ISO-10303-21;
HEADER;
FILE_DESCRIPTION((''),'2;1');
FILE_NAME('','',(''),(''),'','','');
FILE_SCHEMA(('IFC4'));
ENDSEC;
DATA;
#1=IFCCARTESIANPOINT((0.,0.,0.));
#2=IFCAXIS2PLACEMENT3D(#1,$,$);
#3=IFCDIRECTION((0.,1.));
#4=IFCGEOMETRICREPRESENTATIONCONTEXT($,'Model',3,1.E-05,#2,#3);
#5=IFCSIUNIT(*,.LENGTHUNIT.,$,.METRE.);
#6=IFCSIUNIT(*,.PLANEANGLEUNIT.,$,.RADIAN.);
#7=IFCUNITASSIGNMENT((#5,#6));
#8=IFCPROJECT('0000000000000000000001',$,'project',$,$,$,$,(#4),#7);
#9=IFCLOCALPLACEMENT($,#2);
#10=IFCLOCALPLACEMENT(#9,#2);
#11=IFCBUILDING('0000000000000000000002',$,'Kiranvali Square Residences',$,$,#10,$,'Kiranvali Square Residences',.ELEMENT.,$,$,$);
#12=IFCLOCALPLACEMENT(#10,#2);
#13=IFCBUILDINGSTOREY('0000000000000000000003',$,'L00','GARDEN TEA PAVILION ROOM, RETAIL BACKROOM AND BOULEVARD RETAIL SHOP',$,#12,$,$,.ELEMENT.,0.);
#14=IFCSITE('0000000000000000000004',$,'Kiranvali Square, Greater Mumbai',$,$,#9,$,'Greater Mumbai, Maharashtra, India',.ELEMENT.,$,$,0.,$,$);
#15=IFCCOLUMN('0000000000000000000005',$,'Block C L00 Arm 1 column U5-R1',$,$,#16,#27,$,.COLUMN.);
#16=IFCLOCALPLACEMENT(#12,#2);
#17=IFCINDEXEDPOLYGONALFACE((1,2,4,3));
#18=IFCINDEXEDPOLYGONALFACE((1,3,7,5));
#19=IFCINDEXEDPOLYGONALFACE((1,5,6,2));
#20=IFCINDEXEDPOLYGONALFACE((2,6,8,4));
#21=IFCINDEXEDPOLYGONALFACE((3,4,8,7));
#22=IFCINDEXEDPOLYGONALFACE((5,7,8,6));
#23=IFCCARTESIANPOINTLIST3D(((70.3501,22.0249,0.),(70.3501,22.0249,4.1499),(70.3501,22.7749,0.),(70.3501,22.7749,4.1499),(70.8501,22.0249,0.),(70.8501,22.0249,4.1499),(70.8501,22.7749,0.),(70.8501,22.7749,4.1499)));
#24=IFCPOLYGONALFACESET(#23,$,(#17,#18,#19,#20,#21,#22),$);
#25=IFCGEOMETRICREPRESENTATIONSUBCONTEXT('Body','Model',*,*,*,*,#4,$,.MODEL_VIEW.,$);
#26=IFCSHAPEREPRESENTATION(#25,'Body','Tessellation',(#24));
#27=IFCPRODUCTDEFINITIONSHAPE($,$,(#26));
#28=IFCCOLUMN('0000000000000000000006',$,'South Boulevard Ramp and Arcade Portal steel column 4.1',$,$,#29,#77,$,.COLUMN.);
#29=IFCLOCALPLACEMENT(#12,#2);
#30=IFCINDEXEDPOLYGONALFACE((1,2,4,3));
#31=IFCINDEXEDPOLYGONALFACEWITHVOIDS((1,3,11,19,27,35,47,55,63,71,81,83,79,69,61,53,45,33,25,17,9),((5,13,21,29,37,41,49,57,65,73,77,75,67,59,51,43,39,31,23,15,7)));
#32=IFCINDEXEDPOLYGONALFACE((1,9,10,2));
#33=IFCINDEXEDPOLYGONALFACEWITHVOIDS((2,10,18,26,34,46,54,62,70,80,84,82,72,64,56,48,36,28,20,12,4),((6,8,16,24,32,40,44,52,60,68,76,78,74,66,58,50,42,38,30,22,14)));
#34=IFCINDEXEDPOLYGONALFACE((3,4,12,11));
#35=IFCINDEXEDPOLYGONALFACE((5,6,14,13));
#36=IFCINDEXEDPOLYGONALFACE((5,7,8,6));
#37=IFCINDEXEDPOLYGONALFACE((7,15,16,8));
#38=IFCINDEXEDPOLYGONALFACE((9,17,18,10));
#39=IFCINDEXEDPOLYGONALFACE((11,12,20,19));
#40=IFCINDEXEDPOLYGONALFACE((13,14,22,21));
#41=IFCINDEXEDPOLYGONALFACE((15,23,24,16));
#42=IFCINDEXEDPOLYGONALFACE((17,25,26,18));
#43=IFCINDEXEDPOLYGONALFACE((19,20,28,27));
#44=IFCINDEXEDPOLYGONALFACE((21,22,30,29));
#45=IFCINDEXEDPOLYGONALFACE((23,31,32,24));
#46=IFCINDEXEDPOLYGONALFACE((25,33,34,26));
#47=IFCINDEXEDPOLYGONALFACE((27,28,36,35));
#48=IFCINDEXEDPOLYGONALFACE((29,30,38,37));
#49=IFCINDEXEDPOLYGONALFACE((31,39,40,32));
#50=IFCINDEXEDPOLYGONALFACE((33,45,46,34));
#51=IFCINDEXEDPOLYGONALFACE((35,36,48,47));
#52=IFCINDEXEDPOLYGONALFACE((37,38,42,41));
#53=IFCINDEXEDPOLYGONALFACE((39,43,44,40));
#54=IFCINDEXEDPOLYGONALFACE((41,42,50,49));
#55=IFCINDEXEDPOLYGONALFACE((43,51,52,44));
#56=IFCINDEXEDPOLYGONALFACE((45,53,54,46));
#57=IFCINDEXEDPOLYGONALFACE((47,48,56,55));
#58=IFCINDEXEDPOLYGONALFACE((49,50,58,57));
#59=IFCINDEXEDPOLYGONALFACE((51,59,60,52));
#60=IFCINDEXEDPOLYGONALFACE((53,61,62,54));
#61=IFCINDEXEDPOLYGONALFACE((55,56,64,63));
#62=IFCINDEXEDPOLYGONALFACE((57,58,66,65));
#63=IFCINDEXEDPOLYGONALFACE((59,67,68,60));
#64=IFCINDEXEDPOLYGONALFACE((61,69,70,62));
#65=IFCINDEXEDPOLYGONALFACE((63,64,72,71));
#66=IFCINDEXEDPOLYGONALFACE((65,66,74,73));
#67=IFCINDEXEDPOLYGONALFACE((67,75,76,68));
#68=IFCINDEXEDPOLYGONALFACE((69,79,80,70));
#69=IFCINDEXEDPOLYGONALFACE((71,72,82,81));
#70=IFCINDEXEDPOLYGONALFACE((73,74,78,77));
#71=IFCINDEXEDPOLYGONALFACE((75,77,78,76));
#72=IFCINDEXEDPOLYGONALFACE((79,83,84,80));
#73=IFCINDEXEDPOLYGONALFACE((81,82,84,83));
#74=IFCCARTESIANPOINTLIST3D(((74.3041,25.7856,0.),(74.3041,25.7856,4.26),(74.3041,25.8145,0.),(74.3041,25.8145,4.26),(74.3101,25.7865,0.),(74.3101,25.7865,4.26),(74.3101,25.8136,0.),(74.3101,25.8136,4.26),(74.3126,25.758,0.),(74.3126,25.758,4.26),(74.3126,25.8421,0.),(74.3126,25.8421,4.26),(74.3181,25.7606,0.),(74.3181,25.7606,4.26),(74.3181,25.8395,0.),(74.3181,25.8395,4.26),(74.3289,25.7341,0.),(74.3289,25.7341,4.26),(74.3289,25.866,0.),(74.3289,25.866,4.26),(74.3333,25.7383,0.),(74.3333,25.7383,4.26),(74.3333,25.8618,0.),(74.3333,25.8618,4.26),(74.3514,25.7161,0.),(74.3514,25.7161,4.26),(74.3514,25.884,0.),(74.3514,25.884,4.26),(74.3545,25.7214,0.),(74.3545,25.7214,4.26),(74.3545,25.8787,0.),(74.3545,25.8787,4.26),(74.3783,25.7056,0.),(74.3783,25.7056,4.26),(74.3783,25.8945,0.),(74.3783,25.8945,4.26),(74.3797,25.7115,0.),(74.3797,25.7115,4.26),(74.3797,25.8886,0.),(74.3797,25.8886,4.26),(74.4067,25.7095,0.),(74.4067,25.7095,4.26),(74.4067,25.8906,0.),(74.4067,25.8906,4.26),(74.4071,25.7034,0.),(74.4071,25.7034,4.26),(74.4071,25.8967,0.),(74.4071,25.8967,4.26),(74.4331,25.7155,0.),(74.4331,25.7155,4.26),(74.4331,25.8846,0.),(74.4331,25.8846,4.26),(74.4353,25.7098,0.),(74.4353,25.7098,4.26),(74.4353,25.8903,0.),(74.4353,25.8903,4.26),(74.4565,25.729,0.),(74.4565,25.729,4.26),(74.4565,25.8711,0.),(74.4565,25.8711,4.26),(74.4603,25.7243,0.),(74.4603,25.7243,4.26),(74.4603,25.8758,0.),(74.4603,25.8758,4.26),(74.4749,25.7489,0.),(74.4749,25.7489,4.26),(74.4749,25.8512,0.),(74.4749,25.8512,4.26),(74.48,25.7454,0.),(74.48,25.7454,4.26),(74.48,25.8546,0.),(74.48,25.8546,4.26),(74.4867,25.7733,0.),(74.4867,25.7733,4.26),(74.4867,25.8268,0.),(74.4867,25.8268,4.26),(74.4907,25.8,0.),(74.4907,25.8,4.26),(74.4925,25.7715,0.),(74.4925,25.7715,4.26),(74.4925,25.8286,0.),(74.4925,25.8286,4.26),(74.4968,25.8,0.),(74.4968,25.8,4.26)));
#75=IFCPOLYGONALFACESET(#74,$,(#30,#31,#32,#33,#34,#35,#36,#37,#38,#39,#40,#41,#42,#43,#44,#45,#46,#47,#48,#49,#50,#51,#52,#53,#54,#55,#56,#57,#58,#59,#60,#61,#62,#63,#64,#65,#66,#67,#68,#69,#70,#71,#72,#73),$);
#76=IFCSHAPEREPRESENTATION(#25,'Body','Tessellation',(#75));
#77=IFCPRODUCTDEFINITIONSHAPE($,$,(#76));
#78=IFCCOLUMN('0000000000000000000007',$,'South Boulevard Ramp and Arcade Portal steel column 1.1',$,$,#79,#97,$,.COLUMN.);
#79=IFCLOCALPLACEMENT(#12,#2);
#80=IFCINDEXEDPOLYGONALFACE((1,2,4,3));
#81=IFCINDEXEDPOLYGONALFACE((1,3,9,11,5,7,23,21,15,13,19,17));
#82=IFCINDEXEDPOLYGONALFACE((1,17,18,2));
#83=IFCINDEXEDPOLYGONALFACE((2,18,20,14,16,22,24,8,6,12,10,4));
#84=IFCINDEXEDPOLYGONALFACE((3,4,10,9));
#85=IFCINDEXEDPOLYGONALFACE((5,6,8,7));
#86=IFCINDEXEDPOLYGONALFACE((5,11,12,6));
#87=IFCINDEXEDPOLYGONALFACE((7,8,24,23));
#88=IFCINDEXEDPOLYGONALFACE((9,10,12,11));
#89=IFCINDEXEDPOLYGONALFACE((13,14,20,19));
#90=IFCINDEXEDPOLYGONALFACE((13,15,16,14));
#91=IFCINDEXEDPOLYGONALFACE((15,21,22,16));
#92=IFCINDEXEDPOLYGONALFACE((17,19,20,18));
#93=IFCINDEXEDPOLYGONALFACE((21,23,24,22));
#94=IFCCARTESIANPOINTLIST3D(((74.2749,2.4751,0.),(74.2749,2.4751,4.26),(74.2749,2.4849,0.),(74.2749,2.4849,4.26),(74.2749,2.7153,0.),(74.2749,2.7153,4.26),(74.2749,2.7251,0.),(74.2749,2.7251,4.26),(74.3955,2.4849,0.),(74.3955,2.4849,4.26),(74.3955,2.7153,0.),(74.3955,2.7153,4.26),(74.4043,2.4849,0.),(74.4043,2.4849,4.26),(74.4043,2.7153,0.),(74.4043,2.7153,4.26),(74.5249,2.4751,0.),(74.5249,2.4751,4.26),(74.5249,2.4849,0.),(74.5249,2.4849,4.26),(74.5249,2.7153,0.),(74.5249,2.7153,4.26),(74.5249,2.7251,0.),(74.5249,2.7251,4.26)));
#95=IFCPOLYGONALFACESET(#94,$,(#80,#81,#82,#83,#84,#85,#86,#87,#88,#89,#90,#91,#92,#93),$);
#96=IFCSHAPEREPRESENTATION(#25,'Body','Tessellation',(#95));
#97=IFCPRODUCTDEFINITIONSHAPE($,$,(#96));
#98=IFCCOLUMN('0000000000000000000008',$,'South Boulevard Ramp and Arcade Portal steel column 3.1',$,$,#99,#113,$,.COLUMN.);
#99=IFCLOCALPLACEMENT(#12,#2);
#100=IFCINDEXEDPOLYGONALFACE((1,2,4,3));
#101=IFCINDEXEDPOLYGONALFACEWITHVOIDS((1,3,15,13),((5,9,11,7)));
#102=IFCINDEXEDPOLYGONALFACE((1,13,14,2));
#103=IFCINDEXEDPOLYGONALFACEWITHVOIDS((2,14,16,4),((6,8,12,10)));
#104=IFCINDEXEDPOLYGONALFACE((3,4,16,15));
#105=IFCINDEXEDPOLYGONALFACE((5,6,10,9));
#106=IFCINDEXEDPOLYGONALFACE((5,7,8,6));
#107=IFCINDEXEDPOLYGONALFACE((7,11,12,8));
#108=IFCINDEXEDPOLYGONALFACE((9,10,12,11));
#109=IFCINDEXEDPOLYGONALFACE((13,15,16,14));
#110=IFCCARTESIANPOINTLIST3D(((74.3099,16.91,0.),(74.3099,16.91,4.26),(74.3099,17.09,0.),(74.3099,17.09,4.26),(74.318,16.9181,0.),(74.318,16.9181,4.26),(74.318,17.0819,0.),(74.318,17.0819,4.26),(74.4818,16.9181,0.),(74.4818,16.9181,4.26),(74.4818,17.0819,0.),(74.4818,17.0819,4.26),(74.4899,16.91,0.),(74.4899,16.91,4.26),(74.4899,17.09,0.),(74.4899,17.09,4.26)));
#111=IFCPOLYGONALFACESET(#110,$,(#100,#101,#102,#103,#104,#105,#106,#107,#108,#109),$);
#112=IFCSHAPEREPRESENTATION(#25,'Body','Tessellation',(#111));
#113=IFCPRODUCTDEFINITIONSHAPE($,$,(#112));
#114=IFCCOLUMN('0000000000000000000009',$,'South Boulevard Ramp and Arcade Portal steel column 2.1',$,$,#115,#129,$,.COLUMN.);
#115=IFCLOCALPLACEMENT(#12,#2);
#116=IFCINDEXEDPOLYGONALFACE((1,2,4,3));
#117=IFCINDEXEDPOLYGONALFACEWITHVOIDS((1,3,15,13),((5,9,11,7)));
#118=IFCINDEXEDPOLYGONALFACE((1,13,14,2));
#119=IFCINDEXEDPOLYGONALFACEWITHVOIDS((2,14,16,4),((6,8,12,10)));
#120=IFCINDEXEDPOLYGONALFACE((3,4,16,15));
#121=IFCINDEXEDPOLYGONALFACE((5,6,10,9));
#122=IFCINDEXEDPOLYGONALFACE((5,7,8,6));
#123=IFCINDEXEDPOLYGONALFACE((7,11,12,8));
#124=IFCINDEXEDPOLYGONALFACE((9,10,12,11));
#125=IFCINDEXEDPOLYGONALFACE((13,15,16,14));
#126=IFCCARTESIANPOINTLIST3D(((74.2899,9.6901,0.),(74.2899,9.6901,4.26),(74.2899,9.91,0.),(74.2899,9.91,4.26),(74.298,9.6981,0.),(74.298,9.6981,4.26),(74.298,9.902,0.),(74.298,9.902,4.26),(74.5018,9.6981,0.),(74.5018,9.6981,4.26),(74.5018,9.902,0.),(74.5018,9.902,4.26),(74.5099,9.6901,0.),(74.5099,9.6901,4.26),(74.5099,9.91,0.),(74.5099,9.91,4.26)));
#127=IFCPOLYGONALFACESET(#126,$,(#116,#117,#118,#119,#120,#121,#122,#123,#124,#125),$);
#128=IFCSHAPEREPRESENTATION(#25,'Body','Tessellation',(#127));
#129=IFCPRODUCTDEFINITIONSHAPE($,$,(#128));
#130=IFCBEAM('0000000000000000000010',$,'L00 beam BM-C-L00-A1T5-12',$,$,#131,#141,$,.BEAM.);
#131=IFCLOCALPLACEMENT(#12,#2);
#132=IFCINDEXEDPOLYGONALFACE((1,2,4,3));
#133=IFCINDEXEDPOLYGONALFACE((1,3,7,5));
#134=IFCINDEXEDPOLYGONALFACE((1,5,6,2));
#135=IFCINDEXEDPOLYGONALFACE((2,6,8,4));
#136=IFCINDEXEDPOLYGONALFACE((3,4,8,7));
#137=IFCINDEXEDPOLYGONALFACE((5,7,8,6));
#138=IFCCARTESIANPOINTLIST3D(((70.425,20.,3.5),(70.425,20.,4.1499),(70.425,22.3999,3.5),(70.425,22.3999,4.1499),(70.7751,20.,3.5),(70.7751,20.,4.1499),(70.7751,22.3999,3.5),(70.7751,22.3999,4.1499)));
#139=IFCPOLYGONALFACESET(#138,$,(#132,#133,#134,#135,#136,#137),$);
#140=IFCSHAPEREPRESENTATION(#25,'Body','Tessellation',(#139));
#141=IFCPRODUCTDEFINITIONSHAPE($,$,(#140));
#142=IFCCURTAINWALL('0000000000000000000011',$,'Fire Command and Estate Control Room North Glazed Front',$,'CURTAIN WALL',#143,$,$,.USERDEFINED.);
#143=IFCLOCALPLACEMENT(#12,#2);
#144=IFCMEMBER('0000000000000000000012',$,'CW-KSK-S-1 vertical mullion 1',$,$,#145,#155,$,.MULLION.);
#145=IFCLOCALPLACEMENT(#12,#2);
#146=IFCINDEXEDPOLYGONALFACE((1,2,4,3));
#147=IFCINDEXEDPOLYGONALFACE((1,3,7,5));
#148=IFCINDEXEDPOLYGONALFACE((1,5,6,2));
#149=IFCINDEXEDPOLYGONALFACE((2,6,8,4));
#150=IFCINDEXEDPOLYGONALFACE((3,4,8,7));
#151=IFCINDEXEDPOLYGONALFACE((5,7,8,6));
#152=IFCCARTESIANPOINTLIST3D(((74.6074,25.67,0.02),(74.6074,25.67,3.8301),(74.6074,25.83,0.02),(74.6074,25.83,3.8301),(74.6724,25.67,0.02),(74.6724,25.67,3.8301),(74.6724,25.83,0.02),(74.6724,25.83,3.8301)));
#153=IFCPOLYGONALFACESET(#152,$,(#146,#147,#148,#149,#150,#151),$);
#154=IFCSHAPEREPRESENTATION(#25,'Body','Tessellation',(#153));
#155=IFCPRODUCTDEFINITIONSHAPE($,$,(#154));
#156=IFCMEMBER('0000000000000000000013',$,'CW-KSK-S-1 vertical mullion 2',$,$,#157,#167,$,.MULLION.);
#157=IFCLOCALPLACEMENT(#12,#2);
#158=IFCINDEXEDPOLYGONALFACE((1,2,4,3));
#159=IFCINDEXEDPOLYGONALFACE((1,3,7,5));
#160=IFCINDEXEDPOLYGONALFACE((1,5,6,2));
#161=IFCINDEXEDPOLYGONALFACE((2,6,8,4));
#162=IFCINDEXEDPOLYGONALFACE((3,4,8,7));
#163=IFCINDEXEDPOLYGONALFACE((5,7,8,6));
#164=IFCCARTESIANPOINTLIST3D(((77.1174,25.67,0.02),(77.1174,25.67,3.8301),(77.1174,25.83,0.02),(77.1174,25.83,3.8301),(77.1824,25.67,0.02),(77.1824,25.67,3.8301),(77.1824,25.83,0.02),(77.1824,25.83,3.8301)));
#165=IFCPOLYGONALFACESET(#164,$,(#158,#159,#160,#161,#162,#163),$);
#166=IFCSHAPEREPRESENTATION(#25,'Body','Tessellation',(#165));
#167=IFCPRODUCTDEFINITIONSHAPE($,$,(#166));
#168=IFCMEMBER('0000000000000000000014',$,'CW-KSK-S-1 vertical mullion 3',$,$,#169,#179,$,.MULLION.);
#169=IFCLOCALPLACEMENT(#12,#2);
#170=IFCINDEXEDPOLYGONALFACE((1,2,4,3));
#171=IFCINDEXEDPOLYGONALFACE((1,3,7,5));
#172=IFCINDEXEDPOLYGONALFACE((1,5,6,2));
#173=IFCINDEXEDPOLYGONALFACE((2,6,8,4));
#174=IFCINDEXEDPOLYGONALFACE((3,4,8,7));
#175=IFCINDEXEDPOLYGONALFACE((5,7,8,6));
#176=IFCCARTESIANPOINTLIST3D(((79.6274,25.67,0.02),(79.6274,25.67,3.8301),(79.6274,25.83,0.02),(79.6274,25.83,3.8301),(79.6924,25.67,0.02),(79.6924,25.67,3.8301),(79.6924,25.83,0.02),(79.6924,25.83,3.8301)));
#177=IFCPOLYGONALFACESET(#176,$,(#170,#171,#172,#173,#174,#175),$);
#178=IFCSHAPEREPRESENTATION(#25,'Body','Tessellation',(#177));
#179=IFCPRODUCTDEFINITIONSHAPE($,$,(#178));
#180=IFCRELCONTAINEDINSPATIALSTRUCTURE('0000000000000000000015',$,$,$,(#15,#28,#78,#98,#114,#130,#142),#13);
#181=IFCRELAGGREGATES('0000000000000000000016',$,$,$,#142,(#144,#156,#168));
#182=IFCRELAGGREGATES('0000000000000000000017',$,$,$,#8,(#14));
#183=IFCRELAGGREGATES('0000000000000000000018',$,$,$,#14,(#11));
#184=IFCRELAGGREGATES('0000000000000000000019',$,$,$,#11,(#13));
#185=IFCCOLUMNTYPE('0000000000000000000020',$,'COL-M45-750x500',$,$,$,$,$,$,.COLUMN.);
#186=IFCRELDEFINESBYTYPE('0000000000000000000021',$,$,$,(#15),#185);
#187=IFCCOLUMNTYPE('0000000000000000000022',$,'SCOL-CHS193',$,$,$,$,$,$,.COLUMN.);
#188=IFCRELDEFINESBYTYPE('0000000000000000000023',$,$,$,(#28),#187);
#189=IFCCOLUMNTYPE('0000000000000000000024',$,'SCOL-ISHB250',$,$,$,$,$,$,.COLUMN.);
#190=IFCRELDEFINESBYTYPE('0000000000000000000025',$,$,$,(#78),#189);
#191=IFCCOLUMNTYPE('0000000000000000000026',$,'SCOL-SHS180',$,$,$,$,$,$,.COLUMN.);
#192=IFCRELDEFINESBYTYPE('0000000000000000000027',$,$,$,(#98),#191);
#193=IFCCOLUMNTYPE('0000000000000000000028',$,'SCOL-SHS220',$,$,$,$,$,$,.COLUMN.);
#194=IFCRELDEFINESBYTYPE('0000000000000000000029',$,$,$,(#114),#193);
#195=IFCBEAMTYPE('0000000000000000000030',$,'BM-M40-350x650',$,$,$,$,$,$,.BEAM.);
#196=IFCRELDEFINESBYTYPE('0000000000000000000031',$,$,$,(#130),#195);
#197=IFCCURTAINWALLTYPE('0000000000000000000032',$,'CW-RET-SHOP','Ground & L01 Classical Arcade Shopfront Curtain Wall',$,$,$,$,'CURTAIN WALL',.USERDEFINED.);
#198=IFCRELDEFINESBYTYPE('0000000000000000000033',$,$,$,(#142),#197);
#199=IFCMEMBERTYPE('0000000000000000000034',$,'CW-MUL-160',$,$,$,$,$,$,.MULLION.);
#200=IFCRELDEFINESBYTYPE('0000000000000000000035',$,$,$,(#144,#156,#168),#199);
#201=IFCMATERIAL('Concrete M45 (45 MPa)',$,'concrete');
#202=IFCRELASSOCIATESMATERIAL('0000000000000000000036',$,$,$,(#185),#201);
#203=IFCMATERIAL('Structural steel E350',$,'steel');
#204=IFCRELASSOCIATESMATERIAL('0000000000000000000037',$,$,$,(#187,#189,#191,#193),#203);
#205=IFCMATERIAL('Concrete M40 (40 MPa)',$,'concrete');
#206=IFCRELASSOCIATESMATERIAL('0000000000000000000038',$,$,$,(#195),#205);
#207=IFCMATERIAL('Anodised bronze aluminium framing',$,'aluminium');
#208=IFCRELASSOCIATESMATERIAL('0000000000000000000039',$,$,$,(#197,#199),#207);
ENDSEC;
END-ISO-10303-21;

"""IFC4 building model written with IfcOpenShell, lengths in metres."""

from ifc_helpers import new_model, si_unit, direction, frame, origin, origin_2d, place, context, subcontext, project, spatial, rectangle, hollow_rectangle, hollow_circle, i_section, extrude, material, material_profile, profile_set, type_object, element, aggregate, save


model = new_model("IFC4")

# Units and contexts
model_context = context("Model", 3, precision=1e-05, world=origin(), true_north=direction((0.0, 1.0)))
body_context = subcontext(model_context, "Body", "Model", "MODEL_VIEW")
ifc_project = project(units=[si_unit("LENGTHUNIT", "METRE"), si_unit("PLANEANGLEUNIT", "RADIAN")], contexts=[model_context])

# Site, building, storey
site_placement = place(None, origin())
site = spatial("IfcSite", under=ifc_project, at=site_placement, Name="Kiranvali Square, Greater Mumbai", LongName="Greater Mumbai, Maharashtra, India", CompositionType="ELEMENT", RefElevation=0.0)
building_placement = place(site_placement, origin())
building = spatial("IfcBuilding", under=site, at=building_placement, Name="Kiranvali Square Residences", LongName="Kiranvali Square Residences", CompositionType="ELEMENT")
storey_placement = place(building_placement, origin())
storey = spatial("IfcBuildingStorey", under=building, at=storey_placement, Name="L00", Description="GARDEN TEA PAVILION ROOM, RETAIL BACKROOM AND BOULEVARD RETAIL SHOP", CompositionType="ELEMENT", Elevation=0.0)

# Columns
ifc_material_1 = material(Name="Concrete M45 (45 MPa)", Category="concrete")
ifc_material_profile_1 = material_profile(ifc_material_1, rectangle(XDim=0.5, YDim=0.75, at=origin_2d()), Name="RC 750x500")
ifc_profile_set_1 = profile_set([ifc_material_profile_1], Name="Concrete M45 (45 MPa)")
column_type_1 = type_object("IfcColumnType", Name="COL-M45-750x500", PredefinedType="COLUMN", material=ifc_profile_set_1)
column_1_placement = place(storey_placement, frame((70.6001, 22.3999, 0.0), z_axis=(0.0, 0.0, 1.0), x_axis=(1.0, 0.0, 0.0)))
element("IfcColumn", 1, at=column_1_placement, inside=storey, type_object=column_type_1, Name="Block C L00 Arm 1 column U5-R1", PredefinedType="COLUMN", context=body_context, shape_type="SweptSolid", body=[
    extrude(rectangle(XDim=0.5, YDim=0.75, at=origin_2d()), origin(), (0.0, 0.0, 1.0), 4.1499),
])
ifc_material_2 = material(Name="Structural steel E350", Category="steel")
ifc_material_profile_2 = material_profile(ifc_material_2, hollow_circle(Radius=0.0969, WallThickness=0.0061, at=origin_2d()), Name="CHS 193.7x6.0")
ifc_profile_set_2 = profile_set([ifc_material_profile_2], Name="Structural steel E350")
column_type_2 = type_object("IfcColumnType", Name="SCOL-CHS193", PredefinedType="COLUMN", material=ifc_profile_set_2)
column_2_placement = place(storey_placement, frame((74.3999, 25.8, 0.0), z_axis=(0.0, 0.0, 1.0), x_axis=(1.0, 0.0, 0.0)))
element("IfcColumn", 2, at=column_2_placement, inside=storey, type_object=column_type_2, Name="South Boulevard Ramp and Arcade Portal steel column 4.1", PredefinedType="COLUMN", context=body_context, shape_type="SweptSolid", body=[
    extrude(hollow_circle(Radius=0.0969, WallThickness=0.0061, at=origin_2d()), origin(), (0.0, 0.0, 1.0), 4.26),
])
ifc_material_profile_3 = material_profile(ifc_material_2, i_section(OverallWidth=0.25, OverallDepth=0.25, WebThickness=0.0088, FlangeThickness=0.0098, at=origin_2d()), Name="ISHB 250")
ifc_profile_set_3 = profile_set([ifc_material_profile_3], Name="Structural steel E350")
column_type_3 = type_object("IfcColumnType", Name="SCOL-ISHB250", PredefinedType="COLUMN", material=ifc_profile_set_3)
column_3_placement = place(storey_placement, frame((74.3999, 2.6001, 0.0), z_axis=(0.0, 0.0, 1.0), x_axis=(1.0, 0.0, 0.0)))
element("IfcColumn", 3, at=column_3_placement, inside=storey, type_object=column_type_3, Name="South Boulevard Ramp and Arcade Portal steel column 1.1", PredefinedType="COLUMN", context=body_context, shape_type="SweptSolid", body=[
    extrude(i_section(OverallWidth=0.25, OverallDepth=0.25, WebThickness=0.0088, FlangeThickness=0.0098, at=origin_2d()), origin(), (0.0, 0.0, 1.0), 4.26),
])
ifc_material_profile_4 = material_profile(ifc_material_2, hollow_rectangle(XDim=0.1799, YDim=0.1799, WallThickness=0.0081, at=origin_2d()), Name="SHS 180x180x8.0")
ifc_profile_set_4 = profile_set([ifc_material_profile_4], Name="Structural steel E350")
column_type_4 = type_object("IfcColumnType", Name="SCOL-SHS180", PredefinedType="COLUMN", material=ifc_profile_set_4)
column_4_placement = place(storey_placement, frame((74.3999, 17.0, 0.0), z_axis=(0.0, 0.0, 1.0), x_axis=(1.0, 0.0, 0.0)))
element("IfcColumn", 4, at=column_4_placement, inside=storey, type_object=column_type_4, Name="South Boulevard Ramp and Arcade Portal steel column 3.1", PredefinedType="COLUMN", context=body_context, shape_type="SweptSolid", body=[
    extrude(hollow_rectangle(XDim=0.1799, YDim=0.1799, WallThickness=0.0081, at=origin_2d()), origin(), (0.0, 0.0, 1.0), 4.26),
])
ifc_material_profile_5 = material_profile(ifc_material_2, hollow_rectangle(XDim=0.22, YDim=0.22, WallThickness=0.0081, at=origin_2d()), Name="SHS 220x220x8.0")
ifc_profile_set_5 = profile_set([ifc_material_profile_5], Name="Structural steel E350")
column_type_5 = type_object("IfcColumnType", Name="SCOL-SHS220", PredefinedType="COLUMN", material=ifc_profile_set_5)
column_5_placement = place(storey_placement, frame((74.3999, 9.8, 0.0), z_axis=(0.0, 0.0, 1.0), x_axis=(1.0, 0.0, 0.0)))
element("IfcColumn", 5, at=column_5_placement, inside=storey, type_object=column_type_5, Name="South Boulevard Ramp and Arcade Portal steel column 2.1", PredefinedType="COLUMN", context=body_context, shape_type="SweptSolid", body=[
    extrude(hollow_rectangle(XDim=0.22, YDim=0.22, WallThickness=0.0081, at=origin_2d()), origin(), (0.0, 0.0, 1.0), 4.26),
])

# Beam
ifc_material_3 = material(Name="Concrete M40 (40 MPa)", Category="concrete")
ifc_material_profile_6 = material_profile(ifc_material_3, rectangle(XDim=0.3501, YDim=0.6499, at=origin_2d()), Name="RC 350x650")
ifc_profile_set_6 = profile_set([ifc_material_profile_6], Name="Concrete M40 (40 MPa)")
beam_type_1 = type_object("IfcBeamType", Name="BM-M40-350x650", PredefinedType="BEAM", material=ifc_profile_set_6)
beam_1_placement = place(storey_placement, frame((70.6001, 22.3999, 3.825), z_axis=(0.0, -1.0, 0.0), x_axis=(1.0, 0.0, 0.0)))
element("IfcBeam", 6, at=beam_1_placement, inside=storey, type_object=beam_type_1, Name="L00 beam BM-C-L00-A1T5-12", PredefinedType="BEAM", context=body_context, shape_type="SweptSolid", body=[
    extrude(rectangle(XDim=0.3501, YDim=0.6499, at=origin_2d()), origin(), (0.0, 0.0, 1.0), 2.3999),
])

# Curtain wall, members
ifc_material_4 = material(Name="Anodised bronze aluminium framing", Category="aluminium")
curtain_wall_type = type_object("IfcCurtainWallType", Name="CW-RET-SHOP", Description="Ground & L01 Classical Arcade Shopfront Curtain Wall", ElementType="CURTAIN WALL", PredefinedType="USERDEFINED", material=ifc_material_4)
curtain_wall_placement = place(storey_placement, origin())
curtain_wall = element("IfcCurtainWall", 7, at=curtain_wall_placement, inside=storey, type_object=curtain_wall_type, Name="Fire Command and Estate Control Room North Glazed Front", ObjectType="CURTAIN WALL", PredefinedType="USERDEFINED")
ifc_material_profile_7 = material_profile(ifc_material_4, rectangle(XDim=0.0649, YDim=0.1599, at=origin_2d()), Name="ALU 65x160")
ifc_profile_set_7 = profile_set([ifc_material_profile_7], Name="Anodised bronze aluminium framing")
member_type_1 = type_object("IfcMemberType", Name="CW-MUL-160", PredefinedType="MULLION", material=ifc_profile_set_7)
member_1_placement = place(storey_placement, frame((74.6399, 25.75, 0.02), z_axis=(0.0, 0.0, 1.0), x_axis=(1.0, 0.0, 0.0)))
member_1 = element("IfcMember", 8, at=member_1_placement, type_object=member_type_1, Name="CW-KSK-S-1 vertical mullion 1", PredefinedType="MULLION", context=body_context, shape_type="SweptSolid", body=[
    extrude(rectangle(XDim=0.0649, YDim=0.1599, at=origin_2d()), origin(), (0.0, 0.0, 1.0), 3.8101),
])
member_2_placement = place(storey_placement, frame((77.1499, 25.75, 0.02), z_axis=(0.0, 0.0, 1.0), x_axis=(1.0, 0.0, 0.0)))
member_2 = element("IfcMember", 9, at=member_2_placement, type_object=member_type_1, Name="CW-KSK-S-1 vertical mullion 2", PredefinedType="MULLION", context=body_context, shape_type="SweptSolid", body=[
    extrude(rectangle(XDim=0.0649, YDim=0.1599, at=origin_2d()), origin(), (0.0, 0.0, 1.0), 3.8101),
])
member_3_placement = place(storey_placement, frame((79.6599, 25.75, 0.02), z_axis=(0.0, 0.0, 1.0), x_axis=(1.0, 0.0, 0.0)))
member_3 = element("IfcMember", 10, at=member_3_placement, type_object=member_type_1, Name="CW-KSK-S-1 vertical mullion 3", PredefinedType="MULLION", context=body_context, shape_type="SweptSolid", body=[
    extrude(rectangle(XDim=0.0649, YDim=0.1599, at=origin_2d()), origin(), (0.0, 0.0, 1.0), 3.8101),
])

aggregate(curtain_wall, [member_1, member_2, member_3])

save(model, "model.ifc")
